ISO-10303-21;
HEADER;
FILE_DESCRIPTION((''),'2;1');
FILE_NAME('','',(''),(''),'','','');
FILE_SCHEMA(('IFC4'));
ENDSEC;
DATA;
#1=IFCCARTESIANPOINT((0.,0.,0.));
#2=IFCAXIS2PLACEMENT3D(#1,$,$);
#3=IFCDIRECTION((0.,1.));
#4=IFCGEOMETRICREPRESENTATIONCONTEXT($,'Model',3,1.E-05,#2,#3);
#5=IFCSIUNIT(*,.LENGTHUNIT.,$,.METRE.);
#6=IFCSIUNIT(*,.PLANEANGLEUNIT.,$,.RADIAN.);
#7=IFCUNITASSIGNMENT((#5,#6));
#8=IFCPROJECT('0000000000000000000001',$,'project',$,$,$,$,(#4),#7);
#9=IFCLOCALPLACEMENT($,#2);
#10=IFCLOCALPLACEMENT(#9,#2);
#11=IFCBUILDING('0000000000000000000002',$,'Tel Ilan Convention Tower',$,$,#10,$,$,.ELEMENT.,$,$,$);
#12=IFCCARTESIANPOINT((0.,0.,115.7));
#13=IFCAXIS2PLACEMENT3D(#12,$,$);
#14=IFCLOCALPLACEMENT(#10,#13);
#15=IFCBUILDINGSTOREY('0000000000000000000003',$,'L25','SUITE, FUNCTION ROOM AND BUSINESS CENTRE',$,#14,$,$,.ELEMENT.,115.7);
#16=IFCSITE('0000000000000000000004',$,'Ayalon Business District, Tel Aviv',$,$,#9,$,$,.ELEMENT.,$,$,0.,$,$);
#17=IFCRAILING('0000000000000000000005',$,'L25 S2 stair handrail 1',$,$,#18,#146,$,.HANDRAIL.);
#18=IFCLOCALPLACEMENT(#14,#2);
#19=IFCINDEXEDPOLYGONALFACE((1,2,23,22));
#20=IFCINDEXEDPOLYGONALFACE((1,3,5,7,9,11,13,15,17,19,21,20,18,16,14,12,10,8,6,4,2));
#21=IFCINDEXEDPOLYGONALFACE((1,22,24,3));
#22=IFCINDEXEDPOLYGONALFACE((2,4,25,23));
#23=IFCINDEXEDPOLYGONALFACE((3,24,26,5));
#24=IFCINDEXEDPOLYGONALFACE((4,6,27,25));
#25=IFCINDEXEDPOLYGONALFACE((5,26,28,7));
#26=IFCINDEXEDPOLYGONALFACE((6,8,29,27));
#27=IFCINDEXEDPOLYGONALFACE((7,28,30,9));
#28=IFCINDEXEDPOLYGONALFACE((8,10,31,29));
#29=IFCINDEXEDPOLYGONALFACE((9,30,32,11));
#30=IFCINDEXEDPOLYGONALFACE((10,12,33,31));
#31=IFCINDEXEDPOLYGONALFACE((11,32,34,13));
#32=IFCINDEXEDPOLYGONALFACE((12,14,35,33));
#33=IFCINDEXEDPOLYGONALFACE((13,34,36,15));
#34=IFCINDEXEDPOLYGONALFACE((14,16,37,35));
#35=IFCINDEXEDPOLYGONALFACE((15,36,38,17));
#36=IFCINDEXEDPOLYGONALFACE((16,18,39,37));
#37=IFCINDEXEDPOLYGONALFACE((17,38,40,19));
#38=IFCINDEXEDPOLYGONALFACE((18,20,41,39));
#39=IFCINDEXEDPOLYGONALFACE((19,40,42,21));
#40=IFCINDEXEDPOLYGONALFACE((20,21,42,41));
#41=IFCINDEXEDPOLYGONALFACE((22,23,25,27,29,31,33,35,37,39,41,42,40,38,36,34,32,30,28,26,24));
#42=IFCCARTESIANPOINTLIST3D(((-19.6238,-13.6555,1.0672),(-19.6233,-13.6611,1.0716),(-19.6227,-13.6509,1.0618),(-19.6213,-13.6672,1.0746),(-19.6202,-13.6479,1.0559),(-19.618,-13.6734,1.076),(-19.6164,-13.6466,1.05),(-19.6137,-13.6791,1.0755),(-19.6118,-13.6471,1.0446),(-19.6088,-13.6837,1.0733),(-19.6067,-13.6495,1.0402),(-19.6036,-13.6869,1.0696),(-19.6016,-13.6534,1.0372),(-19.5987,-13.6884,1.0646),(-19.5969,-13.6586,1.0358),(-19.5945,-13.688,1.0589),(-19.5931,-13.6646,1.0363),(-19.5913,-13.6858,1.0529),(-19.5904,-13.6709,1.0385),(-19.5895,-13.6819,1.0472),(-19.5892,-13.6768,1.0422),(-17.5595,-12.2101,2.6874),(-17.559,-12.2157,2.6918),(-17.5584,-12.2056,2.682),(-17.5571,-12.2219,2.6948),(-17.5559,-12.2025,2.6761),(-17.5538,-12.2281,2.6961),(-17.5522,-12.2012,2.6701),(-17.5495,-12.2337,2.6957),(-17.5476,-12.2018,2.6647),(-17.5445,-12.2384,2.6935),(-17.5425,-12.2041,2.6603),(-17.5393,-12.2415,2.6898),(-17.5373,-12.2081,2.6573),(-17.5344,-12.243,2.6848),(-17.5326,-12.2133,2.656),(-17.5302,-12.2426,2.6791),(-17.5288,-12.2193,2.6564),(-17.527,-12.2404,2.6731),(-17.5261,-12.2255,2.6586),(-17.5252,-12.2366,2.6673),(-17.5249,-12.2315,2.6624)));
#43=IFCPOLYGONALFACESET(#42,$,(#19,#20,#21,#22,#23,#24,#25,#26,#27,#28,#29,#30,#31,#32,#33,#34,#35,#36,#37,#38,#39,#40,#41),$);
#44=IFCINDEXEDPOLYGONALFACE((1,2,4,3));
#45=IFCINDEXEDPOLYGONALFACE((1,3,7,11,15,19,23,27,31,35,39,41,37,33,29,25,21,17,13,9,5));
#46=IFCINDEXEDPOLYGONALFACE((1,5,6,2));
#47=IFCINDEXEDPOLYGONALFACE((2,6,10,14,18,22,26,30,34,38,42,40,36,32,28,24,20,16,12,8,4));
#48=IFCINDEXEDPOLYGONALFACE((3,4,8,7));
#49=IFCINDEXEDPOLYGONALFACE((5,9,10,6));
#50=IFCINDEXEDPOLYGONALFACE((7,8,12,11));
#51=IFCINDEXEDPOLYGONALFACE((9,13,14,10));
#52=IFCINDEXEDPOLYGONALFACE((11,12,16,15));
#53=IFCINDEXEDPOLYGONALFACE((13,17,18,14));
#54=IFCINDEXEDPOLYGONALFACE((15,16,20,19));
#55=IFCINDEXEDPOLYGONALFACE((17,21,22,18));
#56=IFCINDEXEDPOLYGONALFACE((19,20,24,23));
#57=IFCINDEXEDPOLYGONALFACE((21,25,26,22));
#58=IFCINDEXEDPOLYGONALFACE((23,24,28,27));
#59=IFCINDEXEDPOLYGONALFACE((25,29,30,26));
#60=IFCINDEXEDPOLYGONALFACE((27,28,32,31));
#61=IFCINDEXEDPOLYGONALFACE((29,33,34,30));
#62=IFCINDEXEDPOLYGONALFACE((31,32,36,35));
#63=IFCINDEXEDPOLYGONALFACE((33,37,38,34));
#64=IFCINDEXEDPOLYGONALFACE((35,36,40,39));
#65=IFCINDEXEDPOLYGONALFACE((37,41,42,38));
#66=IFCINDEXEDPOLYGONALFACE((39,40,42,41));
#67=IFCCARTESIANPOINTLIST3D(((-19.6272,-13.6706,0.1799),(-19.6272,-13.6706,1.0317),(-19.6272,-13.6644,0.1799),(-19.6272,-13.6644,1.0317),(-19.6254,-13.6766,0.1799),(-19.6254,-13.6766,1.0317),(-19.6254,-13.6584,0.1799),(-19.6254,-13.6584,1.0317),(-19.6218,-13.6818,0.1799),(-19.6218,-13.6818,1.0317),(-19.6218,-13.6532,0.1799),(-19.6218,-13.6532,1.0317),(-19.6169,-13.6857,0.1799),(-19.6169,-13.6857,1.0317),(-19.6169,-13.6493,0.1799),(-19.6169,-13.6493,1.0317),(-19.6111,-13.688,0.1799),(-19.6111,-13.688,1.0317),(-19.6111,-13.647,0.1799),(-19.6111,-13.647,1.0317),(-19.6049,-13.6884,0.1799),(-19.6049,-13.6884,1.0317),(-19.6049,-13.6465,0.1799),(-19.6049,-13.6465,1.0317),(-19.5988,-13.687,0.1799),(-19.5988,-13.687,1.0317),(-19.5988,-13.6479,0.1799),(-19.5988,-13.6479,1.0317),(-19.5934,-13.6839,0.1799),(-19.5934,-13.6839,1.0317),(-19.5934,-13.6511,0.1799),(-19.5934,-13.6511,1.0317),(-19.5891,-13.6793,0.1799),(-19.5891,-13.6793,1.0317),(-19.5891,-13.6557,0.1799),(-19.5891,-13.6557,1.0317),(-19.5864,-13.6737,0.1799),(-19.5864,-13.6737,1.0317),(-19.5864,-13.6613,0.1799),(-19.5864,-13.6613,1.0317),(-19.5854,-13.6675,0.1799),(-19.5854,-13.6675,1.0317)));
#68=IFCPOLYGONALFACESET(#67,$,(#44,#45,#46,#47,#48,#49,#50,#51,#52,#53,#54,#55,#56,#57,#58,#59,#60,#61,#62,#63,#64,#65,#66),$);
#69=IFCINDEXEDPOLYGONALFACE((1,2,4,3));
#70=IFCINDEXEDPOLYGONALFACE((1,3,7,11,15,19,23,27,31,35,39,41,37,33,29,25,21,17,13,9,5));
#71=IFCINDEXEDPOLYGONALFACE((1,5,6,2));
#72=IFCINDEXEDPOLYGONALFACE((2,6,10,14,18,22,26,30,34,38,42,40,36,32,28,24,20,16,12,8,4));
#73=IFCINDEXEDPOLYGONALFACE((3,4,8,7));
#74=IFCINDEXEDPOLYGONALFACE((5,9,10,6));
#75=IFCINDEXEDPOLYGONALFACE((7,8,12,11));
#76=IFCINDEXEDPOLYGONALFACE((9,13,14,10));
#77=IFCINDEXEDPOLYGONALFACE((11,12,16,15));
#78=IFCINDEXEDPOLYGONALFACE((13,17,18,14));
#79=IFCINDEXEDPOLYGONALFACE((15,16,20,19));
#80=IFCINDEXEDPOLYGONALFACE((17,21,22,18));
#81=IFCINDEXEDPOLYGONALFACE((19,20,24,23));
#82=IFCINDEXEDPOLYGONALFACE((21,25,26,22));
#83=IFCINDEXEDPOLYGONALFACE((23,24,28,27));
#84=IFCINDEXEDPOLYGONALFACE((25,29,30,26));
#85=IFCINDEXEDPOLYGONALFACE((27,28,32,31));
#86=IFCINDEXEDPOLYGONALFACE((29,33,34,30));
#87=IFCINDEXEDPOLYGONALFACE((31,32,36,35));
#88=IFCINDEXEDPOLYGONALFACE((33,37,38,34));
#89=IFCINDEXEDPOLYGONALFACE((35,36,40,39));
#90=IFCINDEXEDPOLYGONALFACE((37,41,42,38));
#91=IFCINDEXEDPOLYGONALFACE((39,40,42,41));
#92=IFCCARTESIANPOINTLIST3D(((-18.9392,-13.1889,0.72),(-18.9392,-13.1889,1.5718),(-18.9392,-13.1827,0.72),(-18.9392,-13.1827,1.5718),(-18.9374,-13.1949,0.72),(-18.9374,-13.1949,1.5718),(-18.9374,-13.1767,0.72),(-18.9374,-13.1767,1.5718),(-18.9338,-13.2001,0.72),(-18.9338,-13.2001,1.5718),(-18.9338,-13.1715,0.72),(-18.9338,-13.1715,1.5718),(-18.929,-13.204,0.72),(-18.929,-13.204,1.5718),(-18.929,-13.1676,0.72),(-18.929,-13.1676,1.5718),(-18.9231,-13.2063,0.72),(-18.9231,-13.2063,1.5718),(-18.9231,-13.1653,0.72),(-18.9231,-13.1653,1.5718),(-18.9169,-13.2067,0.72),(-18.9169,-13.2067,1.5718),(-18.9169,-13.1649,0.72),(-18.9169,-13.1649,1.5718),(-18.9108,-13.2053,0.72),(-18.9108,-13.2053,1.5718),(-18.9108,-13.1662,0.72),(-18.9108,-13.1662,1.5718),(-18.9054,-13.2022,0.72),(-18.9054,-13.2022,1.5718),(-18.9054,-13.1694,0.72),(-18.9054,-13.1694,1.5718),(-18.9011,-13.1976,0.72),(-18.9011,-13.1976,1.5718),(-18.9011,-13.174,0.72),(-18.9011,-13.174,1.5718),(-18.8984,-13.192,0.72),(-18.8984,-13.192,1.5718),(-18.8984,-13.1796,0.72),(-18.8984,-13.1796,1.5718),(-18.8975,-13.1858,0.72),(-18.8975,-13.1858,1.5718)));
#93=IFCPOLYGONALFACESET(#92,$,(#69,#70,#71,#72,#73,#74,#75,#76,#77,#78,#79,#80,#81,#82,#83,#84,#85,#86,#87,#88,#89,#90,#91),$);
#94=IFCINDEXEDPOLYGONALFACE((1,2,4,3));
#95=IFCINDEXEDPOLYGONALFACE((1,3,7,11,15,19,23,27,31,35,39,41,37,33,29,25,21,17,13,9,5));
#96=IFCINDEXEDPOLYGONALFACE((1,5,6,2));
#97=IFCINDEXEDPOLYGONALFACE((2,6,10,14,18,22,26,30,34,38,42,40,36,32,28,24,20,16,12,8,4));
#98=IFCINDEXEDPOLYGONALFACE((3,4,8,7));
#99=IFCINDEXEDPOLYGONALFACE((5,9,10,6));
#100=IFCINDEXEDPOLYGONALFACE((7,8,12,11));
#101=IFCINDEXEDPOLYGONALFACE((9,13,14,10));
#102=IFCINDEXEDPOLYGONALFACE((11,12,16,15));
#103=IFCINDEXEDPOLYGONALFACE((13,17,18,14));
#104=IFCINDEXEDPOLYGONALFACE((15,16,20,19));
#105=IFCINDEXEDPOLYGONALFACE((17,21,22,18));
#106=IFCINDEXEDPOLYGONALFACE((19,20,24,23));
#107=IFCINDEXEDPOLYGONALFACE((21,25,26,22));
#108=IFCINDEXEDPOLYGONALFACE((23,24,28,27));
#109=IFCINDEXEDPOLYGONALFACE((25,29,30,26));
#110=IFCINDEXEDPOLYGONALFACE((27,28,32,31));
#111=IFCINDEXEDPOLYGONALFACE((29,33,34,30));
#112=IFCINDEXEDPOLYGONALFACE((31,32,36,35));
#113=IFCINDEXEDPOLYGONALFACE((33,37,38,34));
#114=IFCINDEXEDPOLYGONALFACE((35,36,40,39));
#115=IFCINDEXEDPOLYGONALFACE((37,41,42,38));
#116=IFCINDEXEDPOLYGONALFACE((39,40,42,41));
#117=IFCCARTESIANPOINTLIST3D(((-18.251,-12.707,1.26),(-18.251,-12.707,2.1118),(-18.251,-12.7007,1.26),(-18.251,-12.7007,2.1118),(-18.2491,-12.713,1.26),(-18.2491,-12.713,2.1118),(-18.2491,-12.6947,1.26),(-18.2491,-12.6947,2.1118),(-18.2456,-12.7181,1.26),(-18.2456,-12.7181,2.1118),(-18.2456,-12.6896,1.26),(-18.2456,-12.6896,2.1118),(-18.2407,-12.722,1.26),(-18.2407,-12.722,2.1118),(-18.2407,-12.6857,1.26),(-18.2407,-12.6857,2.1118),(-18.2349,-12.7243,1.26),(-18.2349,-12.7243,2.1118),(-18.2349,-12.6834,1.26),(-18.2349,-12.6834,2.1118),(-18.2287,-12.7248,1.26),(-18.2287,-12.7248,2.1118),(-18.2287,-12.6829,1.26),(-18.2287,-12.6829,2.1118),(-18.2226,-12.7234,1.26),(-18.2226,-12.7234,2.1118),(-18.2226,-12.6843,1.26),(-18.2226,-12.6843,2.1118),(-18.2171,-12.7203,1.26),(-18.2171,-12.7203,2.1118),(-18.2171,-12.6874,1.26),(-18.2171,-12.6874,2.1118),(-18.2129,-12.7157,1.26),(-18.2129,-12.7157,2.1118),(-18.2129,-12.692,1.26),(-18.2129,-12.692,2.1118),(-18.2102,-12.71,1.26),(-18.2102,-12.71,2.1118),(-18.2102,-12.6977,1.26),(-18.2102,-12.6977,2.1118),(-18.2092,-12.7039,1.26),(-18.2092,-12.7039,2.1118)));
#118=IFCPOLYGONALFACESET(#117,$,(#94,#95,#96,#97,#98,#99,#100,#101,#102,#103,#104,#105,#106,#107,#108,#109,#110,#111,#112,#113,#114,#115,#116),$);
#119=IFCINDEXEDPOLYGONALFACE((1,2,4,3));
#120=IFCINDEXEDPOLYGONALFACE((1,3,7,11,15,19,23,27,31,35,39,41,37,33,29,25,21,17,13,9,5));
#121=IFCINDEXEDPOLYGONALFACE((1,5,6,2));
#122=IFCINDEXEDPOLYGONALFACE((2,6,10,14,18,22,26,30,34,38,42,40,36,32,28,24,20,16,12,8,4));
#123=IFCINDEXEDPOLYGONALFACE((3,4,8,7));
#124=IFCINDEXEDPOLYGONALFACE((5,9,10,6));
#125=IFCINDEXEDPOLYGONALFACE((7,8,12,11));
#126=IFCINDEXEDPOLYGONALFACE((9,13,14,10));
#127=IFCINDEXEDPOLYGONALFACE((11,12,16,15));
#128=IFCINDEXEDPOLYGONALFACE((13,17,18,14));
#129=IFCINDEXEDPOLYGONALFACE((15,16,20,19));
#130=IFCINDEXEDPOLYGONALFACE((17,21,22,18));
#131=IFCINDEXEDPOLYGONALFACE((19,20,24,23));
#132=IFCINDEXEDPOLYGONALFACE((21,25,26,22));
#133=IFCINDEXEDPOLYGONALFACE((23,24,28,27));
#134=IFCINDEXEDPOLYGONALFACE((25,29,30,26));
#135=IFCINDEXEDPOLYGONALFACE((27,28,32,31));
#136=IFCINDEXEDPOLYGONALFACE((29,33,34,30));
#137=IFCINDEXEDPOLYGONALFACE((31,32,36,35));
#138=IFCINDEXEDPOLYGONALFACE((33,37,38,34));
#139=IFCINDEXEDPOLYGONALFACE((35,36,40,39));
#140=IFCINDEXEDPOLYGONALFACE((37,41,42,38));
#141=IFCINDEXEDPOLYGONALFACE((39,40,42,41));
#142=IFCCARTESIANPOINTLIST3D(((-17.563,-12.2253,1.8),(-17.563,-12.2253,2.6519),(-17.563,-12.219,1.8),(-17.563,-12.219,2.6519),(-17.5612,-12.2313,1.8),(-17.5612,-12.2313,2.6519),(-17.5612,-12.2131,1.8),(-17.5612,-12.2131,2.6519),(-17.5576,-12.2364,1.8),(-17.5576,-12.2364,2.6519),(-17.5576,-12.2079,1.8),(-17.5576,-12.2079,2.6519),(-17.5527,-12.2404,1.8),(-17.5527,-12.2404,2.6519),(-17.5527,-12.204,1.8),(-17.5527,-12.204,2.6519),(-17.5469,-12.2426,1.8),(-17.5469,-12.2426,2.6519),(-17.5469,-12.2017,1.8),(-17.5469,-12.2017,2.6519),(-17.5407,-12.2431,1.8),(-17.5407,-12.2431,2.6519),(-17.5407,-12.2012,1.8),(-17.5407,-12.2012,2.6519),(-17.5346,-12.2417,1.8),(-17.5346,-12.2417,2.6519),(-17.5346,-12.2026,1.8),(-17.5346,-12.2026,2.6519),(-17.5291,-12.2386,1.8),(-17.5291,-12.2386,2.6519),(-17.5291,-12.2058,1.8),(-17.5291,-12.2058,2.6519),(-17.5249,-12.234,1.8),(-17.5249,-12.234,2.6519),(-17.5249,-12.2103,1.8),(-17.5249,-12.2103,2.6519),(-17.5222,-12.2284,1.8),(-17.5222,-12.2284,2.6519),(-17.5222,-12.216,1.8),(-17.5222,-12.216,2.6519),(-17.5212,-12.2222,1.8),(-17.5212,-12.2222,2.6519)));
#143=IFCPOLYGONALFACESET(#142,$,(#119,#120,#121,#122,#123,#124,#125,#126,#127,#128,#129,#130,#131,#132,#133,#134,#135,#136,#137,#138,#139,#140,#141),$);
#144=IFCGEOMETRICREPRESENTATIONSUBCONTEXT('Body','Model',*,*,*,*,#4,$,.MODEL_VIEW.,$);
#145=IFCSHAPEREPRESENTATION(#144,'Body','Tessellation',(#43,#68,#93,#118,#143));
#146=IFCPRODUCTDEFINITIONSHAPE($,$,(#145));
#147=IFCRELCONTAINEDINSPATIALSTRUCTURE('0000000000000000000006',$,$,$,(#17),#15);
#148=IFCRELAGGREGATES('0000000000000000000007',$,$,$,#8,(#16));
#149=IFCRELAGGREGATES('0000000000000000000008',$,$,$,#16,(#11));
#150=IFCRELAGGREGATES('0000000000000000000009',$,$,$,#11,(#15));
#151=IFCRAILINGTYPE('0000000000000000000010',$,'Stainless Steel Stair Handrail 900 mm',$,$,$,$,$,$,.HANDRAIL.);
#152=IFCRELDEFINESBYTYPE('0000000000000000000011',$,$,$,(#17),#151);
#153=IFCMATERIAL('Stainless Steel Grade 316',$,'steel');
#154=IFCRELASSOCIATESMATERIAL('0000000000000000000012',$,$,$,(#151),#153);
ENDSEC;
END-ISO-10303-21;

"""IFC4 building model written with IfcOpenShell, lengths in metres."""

from ifc_helpers import new_model, si_unit, direction, frame, origin, origin_2d, place, context, subcontext, project, spatial, circle, extrude, material, type_object, element, save


model = new_model("IFC4")

# Units and contexts
model_context = context("Model", 3, precision=1e-05, world=origin(), true_north=direction((0.0, 1.0)))
body_context = subcontext(model_context, "Body", "Model", "MODEL_VIEW")
ifc_project = project(units=[si_unit("LENGTHUNIT", "METRE"), si_unit("PLANEANGLEUNIT", "RADIAN")], contexts=[model_context])

# Site, building, storey
site_placement = place(None, origin())
site = spatial("IfcSite", under=ifc_project, at=site_placement, Name="Ayalon Business District, Tel Aviv", CompositionType="ELEMENT", RefElevation=0.0)
building_placement = place(site_placement, origin())
building = spatial("IfcBuilding", under=site, at=building_placement, Name="Tel Ilan Convention Tower", CompositionType="ELEMENT")
storey_placement = place(building_placement, frame((0.0, 0.0, 115.7)))
storey = spatial("IfcBuildingStorey", under=building, at=storey_placement, Name="L25", Description="SUITE, FUNCTION ROOM AND BUSINESS CENTRE", CompositionType="ELEMENT", Elevation=115.7)

# Railing
ifc_material_1 = material(Name="Stainless Steel Grade 316", Category="steel")
railing_type_1 = type_object("IfcRailingType", Name="Stainless Steel Stair Handrail 900 mm", PredefinedType="HANDRAIL", material=ifc_material_1)
railing_1_placement = place(storey_placement, frame((-19.6064, -13.6675, 0.1799)))
element("IfcRailing", 1, at=railing_1_placement, inside=storey, type_object=railing_type_1, Name="L25 S2 stair handrail 1", PredefinedType="HANDRAIL", context=body_context, shape_type="SweptSolid", body=[
    extrude(circle(Radius=0.0239, at=origin_2d()), frame((0.0, 0.0, 0.876), z_axis=(0.68904, 0.48245, 0.540801), x_axis=(-0.57356, 0.819164, 0.0)), (0.0, 0.0, 1.0), 2.9958),
    extrude(circle(Radius=0.021, at=origin_2d()), origin(), (0.0, 0.0, 1.0), 0.8518),
    extrude(circle(Radius=0.021, at=origin_2d()), frame((0.688, 0.4817, 0.54)), (0.0, 0.0, 1.0), 0.8518),
    extrude(circle(Radius=0.021, at=origin_2d()), frame((1.3762, 0.9636, 1.0801)), (0.0, 0.0, 1.0), 0.8518),
    extrude(circle(Radius=0.021, at=origin_2d()), frame((2.0642, 1.4453, 1.6201)), (0.0, 0.0, 1.0), 0.8518),
])

save(model, "model.ifc")
